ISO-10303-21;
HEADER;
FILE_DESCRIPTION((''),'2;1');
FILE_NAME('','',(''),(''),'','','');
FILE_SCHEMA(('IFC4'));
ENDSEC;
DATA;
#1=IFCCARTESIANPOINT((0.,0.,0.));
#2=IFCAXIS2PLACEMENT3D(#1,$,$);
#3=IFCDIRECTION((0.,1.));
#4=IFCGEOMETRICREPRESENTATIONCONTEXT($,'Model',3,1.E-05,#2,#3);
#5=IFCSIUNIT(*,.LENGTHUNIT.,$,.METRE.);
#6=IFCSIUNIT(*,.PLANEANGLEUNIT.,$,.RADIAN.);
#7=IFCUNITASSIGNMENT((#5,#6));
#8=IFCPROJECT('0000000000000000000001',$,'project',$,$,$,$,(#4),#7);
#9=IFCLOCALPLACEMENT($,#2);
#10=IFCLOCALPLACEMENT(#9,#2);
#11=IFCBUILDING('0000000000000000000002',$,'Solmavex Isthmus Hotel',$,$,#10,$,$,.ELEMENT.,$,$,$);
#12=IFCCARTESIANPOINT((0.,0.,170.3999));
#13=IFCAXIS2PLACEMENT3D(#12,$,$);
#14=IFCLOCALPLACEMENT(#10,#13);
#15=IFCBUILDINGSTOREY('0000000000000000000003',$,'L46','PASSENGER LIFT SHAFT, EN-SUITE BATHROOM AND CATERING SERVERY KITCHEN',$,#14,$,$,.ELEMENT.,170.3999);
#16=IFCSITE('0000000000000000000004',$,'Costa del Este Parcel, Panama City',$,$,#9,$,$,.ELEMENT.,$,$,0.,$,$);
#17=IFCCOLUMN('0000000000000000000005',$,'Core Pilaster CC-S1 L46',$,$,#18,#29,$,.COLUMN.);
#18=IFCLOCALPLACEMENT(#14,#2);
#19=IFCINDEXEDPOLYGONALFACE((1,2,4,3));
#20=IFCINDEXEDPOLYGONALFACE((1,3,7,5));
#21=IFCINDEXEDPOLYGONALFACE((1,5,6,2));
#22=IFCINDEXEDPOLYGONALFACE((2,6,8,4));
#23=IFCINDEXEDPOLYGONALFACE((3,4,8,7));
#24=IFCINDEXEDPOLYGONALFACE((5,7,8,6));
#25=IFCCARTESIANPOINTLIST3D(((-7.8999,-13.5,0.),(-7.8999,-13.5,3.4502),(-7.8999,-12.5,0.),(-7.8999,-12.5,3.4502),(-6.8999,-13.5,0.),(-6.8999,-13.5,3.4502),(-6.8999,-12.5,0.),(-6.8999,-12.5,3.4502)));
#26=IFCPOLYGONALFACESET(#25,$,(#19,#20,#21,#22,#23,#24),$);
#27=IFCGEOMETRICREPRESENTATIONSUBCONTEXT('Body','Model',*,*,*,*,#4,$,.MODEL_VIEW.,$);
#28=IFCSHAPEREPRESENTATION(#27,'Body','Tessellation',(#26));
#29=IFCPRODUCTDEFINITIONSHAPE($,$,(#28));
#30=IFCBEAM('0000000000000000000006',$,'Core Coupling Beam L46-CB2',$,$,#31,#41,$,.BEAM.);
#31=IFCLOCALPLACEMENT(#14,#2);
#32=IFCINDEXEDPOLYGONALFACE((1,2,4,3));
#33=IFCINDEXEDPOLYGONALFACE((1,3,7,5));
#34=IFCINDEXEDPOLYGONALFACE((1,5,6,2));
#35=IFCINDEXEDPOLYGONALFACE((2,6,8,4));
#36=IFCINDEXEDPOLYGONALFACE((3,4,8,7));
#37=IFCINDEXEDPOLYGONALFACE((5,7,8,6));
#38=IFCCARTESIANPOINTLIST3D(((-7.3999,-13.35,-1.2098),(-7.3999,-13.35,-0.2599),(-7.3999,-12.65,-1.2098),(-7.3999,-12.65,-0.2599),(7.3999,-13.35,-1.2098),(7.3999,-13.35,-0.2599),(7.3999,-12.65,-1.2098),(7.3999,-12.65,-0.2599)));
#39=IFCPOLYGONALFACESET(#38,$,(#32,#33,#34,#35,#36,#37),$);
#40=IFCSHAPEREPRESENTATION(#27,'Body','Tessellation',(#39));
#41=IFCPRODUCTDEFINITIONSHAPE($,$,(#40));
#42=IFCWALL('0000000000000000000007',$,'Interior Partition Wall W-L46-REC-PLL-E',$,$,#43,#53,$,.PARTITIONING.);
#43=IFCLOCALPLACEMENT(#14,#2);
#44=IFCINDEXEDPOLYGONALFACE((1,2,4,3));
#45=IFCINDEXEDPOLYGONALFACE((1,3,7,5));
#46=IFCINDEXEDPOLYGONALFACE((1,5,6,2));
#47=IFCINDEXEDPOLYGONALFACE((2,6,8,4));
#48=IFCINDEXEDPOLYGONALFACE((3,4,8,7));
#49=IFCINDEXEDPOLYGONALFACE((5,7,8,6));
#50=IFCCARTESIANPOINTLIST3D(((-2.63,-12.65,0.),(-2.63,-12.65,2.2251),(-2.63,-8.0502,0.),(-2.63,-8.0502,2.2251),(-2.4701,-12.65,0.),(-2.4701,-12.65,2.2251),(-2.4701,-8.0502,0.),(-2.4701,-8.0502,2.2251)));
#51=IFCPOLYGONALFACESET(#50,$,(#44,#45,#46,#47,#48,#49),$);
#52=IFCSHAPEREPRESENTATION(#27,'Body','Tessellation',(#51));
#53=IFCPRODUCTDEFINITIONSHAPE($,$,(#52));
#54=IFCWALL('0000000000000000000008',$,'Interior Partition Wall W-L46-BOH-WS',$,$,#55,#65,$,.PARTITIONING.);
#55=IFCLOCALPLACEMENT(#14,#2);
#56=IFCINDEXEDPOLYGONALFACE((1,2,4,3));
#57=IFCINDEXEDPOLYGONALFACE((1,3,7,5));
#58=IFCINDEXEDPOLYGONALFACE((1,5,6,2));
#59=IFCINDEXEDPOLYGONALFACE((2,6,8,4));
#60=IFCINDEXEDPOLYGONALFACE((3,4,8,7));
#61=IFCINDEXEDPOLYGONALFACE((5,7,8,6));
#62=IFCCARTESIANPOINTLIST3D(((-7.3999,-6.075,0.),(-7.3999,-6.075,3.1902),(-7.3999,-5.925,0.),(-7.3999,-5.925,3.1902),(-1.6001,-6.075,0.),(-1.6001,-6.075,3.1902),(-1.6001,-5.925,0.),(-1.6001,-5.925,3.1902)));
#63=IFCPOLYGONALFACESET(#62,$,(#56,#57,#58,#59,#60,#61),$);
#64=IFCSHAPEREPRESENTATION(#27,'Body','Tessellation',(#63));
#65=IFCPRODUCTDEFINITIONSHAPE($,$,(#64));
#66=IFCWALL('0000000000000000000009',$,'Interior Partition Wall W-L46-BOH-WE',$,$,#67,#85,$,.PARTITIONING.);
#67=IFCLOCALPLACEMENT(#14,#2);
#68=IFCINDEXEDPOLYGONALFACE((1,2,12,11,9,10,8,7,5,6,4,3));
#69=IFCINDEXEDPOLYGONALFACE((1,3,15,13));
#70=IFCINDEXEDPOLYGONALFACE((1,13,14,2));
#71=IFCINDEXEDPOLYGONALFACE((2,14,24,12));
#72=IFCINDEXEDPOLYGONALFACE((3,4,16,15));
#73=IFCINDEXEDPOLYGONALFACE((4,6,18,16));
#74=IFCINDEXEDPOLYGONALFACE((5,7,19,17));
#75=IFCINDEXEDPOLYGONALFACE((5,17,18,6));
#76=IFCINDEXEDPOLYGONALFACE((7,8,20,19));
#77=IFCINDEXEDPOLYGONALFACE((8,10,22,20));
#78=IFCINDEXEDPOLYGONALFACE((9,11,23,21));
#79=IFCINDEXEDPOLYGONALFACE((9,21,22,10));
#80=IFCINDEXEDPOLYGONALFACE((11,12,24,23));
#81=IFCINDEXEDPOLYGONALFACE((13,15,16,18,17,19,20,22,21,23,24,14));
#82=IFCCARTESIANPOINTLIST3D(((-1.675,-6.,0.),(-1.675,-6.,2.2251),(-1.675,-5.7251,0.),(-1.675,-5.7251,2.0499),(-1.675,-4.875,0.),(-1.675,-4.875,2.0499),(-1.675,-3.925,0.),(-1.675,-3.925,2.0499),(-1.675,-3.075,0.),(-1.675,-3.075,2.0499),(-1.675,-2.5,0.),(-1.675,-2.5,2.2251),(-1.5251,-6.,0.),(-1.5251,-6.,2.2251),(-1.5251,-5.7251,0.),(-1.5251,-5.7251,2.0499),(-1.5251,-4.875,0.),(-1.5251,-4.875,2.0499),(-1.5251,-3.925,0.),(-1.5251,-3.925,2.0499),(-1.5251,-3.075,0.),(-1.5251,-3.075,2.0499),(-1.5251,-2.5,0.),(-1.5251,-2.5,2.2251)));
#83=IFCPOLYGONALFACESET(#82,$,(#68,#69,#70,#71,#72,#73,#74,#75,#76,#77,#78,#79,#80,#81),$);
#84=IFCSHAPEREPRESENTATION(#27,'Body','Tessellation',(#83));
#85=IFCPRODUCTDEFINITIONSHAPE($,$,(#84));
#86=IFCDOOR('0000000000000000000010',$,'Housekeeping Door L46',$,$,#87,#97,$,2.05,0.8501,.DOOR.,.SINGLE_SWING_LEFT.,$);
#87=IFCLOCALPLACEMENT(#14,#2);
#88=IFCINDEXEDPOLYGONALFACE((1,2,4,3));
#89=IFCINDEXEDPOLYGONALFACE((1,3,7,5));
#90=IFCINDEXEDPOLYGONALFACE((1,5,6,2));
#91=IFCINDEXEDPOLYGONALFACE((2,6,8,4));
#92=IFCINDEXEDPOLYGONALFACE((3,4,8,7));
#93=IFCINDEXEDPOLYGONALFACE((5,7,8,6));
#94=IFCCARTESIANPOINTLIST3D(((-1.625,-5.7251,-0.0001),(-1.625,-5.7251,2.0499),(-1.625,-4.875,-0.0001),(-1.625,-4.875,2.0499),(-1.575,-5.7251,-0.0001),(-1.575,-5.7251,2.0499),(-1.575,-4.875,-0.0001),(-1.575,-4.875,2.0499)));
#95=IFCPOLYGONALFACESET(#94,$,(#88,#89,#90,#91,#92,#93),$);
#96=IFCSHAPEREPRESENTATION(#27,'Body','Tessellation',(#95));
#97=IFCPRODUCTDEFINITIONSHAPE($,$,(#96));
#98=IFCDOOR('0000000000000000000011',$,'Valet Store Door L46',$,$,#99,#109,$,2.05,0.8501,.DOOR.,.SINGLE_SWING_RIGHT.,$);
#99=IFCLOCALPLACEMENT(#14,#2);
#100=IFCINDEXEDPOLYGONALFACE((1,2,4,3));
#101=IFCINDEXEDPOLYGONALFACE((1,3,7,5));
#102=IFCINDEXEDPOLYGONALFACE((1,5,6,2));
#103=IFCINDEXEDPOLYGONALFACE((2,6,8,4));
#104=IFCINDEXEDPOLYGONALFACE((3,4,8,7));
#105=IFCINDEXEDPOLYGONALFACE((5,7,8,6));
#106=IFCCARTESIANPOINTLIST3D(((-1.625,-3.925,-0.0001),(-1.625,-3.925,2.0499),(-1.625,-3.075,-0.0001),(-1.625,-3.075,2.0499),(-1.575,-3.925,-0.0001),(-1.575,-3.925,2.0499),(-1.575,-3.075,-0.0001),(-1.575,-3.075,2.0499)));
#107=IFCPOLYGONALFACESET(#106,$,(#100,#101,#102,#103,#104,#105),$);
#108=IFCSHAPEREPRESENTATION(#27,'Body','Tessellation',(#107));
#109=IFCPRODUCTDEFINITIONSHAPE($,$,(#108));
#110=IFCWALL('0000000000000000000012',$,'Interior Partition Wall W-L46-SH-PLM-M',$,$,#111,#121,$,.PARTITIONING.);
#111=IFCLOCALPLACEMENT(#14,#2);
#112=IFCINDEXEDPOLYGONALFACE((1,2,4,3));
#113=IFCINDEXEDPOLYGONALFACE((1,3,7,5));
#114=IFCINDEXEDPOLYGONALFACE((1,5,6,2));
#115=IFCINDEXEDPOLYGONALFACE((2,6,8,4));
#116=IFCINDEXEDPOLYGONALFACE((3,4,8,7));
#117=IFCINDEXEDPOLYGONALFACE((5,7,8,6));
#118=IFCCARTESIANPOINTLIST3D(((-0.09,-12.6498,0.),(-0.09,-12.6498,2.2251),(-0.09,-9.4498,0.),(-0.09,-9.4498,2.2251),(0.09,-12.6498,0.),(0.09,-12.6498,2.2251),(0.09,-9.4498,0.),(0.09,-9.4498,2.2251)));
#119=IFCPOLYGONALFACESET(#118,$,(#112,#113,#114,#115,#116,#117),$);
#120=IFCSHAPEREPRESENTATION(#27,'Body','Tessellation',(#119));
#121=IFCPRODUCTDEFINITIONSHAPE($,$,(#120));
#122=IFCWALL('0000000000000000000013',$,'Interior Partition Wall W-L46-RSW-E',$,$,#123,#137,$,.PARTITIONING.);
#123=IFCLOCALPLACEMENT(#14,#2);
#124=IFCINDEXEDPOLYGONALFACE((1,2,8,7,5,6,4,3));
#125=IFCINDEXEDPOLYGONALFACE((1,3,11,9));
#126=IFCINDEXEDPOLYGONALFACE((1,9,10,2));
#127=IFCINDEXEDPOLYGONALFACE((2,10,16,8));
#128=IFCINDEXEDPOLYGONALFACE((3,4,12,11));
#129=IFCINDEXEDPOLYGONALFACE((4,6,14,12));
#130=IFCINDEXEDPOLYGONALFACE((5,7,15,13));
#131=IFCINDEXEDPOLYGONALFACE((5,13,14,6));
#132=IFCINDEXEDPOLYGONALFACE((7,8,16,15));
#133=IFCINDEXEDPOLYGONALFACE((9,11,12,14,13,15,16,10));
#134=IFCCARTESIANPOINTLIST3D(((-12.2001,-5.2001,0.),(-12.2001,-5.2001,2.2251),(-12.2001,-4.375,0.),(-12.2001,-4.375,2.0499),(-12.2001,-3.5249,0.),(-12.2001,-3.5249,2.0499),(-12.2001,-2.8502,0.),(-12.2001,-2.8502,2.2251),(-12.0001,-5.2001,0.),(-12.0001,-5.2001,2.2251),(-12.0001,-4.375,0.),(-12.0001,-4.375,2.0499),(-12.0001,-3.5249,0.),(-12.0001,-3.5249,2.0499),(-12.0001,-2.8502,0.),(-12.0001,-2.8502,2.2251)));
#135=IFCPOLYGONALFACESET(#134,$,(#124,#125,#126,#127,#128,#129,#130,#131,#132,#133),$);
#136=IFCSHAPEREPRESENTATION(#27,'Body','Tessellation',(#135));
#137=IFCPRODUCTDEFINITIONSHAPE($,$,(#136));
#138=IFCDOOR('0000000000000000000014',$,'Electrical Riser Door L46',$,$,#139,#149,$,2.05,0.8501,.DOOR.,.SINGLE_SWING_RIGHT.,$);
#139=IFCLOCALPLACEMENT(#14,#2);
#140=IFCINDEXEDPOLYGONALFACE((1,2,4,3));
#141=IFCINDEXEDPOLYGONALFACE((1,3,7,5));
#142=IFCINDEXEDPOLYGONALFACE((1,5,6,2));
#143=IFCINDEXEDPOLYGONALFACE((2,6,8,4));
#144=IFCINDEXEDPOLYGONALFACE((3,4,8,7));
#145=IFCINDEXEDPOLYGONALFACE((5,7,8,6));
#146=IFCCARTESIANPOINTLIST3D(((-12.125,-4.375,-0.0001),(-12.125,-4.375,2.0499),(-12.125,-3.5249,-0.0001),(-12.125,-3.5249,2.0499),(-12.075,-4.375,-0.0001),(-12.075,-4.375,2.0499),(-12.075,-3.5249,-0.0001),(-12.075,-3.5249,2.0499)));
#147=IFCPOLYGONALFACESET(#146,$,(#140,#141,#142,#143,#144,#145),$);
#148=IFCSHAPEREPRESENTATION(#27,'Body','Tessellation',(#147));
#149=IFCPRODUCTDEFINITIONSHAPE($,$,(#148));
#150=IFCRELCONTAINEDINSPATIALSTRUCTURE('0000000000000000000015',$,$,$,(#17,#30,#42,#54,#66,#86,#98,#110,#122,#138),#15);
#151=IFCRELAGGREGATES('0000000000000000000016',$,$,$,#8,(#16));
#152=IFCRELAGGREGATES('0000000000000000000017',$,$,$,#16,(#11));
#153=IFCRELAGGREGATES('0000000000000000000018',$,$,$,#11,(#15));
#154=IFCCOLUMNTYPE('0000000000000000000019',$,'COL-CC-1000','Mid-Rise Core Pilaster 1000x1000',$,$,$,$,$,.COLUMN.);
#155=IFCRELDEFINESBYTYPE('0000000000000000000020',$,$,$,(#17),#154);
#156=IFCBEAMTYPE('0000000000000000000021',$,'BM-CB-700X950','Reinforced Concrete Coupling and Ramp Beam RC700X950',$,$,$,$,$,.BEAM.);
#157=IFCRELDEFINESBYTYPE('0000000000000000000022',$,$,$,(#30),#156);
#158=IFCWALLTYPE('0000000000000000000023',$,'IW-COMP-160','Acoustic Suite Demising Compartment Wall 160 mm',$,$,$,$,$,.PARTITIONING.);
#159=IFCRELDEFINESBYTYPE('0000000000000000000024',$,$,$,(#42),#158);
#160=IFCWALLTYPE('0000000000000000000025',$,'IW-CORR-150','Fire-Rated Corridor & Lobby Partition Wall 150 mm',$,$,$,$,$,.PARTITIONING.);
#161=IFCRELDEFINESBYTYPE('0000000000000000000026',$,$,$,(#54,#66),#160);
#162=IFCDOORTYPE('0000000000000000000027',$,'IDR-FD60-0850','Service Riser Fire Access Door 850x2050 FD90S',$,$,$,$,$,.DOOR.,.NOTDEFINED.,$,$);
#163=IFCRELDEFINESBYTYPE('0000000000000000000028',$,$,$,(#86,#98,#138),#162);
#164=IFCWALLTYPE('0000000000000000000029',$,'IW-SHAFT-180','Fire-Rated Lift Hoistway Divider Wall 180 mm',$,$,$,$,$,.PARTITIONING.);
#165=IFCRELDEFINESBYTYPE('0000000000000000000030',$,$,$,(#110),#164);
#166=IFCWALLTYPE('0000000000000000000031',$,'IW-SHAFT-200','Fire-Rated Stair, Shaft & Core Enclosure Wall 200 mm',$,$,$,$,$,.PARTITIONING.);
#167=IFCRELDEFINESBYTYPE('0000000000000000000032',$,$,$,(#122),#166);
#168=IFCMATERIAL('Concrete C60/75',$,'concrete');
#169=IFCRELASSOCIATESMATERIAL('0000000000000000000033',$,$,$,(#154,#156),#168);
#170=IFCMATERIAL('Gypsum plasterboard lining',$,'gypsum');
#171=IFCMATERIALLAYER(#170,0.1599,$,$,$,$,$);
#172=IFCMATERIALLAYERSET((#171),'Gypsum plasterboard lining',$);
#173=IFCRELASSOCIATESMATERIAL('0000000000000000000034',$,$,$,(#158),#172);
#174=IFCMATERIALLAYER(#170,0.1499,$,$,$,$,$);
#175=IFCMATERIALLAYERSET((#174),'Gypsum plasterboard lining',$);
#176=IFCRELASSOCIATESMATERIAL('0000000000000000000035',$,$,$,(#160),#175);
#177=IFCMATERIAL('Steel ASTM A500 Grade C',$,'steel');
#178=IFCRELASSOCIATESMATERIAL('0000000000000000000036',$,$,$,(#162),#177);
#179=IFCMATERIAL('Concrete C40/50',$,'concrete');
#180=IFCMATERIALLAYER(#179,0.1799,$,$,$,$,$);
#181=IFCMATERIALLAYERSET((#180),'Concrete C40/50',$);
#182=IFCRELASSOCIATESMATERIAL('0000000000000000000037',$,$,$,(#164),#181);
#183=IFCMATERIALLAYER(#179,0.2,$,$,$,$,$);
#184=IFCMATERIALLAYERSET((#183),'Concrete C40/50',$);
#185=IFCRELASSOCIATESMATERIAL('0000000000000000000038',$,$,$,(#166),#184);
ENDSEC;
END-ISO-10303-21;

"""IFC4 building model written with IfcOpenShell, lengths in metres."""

from ifc_helpers import new_model, si_unit, direction, frame, frame_2d, origin, origin_2d, place, context, subcontext, project, spatial, rectangle, extrude, material, layer, layer_set, material_profile, profile_set, type_object, element, fill, save


model = new_model("IFC4")

# Units and contexts
model_context = context("Model", 3, precision=1e-05, world=origin(), true_north=direction((0.0, 1.0)))
body_context = subcontext(model_context, "Body", "Model", "MODEL_VIEW")
ifc_project = project(units=[si_unit("LENGTHUNIT", "METRE"), si_unit("PLANEANGLEUNIT", "RADIAN")], contexts=[model_context])

# Site, building, storey
site_placement = place(None, origin())
site = spatial("IfcSite", under=ifc_project, at=site_placement, Name="Costa del Este Parcel, Panama City", CompositionType="ELEMENT", RefElevation=0.0)
building_placement = place(site_placement, origin())
building = spatial("IfcBuilding", under=site, at=building_placement, Name="Solmavex Isthmus Hotel", CompositionType="ELEMENT")
storey_placement = place(building_placement, frame((0.0, 0.0, 170.3999)))
storey = spatial("IfcBuildingStorey", under=building, at=storey_placement, Name="L46", Description="PASSENGER LIFT SHAFT, EN-SUITE BATHROOM AND CATERING SERVERY KITCHEN", CompositionType="ELEMENT", Elevation=170.3999)

# Column
ifc_material_1 = material(Name="Concrete C60/75", Category="concrete")
ifc_material_profile_1 = material_profile(ifc_material_1, rectangle(XDim=1.0, YDim=1.0, at=origin_2d()), Name="RC1000X1000")
ifc_profile_set_1 = profile_set([ifc_material_profile_1], Name="Concrete C60/75")
column_type = type_object("IfcColumnType", Name="COL-CC-1000", Description="Mid-Rise Core Pilaster 1000x1000", PredefinedType="COLUMN", material=ifc_profile_set_1)
column_placement = place(storey_placement, frame((-7.3999, -13.0, 0.0), z_axis=(0.0, 0.0, 1.0), x_axis=(1.0, 0.0, 0.0)))
element("IfcColumn", 1, at=column_placement, inside=storey, type_object=column_type, Name="Core Pilaster CC-S1 L46", PredefinedType="COLUMN", context=body_context, shape_type="SweptSolid", body=[
    extrude(rectangle(XDim=1.0, YDim=1.0, at=origin_2d()), origin(), (0.0, 0.0, 1.0), 3.4502),
])

# Beam
ifc_material_profile_2 = material_profile(ifc_material_1, rectangle(XDim=0.7, YDim=0.95, at=origin_2d()), Name="RC700X950")
ifc_profile_set_2 = profile_set([ifc_material_profile_2], Name="Concrete C60/75")
beam_type = type_object("IfcBeamType", Name="BM-CB-700X950", Description="Reinforced Concrete Coupling and Ramp Beam RC700X950", PredefinedType="BEAM", material=ifc_profile_set_2)
beam_placement = place(storey_placement, frame((-7.3999, -13.0, -0.7349), z_axis=(1.0, 0.0, 0.0), x_axis=(0.0, 1.0, 0.0)))
element("IfcBeam", 2, at=beam_placement, inside=storey, type_object=beam_type, Name="Core Coupling Beam L46-CB2", PredefinedType="BEAM", context=body_context, shape_type="SweptSolid", body=[
    extrude(rectangle(XDim=0.7, YDim=0.95, at=origin_2d()), origin(), (0.0, 0.0, 1.0), 14.7998),
])

# Shared definitions
ifc_material_2 = material(Name="Gypsum plasterboard lining", Category="gypsum")
ifc_layer_1 = layer(ifc_material_2, 0.1599)
ifc_layer_set_1 = layer_set([ifc_layer_1], Name="Gypsum plasterboard lining")
wall_type_1 = type_object("IfcWallType", Name="IW-COMP-160", Description="Acoustic Suite Demising Compartment Wall 160 mm", PredefinedType="PARTITIONING", material=ifc_layer_set_1)

# Walls
wall_1_placement = place(storey_placement, frame((-2.55, -12.6499, 0.0), z_axis=(0.0, 0.0, 1.0), x_axis=(0.0, 1.0, 0.0)))
element("IfcWall", 3, at=wall_1_placement, inside=storey, type_object=wall_type_1, Name="Interior Partition Wall W-L46-REC-PLL-E", PredefinedType="PARTITIONING", context=body_context, shape_type="SweptSolid", body=[
    extrude(rectangle(XDim=4.5999, YDim=0.1599, at=frame_2d((2.2998, 0.0))), origin(), (0.0, 0.0, 1.0), 2.2251),
])
ifc_layer_2 = layer(ifc_material_2, 0.1499)
ifc_layer_set_2 = layer_set([ifc_layer_2], Name="Gypsum plasterboard lining")
wall_type_2 = type_object("IfcWallType", Name="IW-CORR-150", Description="Fire-Rated Corridor & Lobby Partition Wall 150 mm", PredefinedType="PARTITIONING", material=ifc_layer_set_2)
wall_2_placement = place(storey_placement, frame((-7.3999, -6.0, 0.0), z_axis=(0.0, 0.0, 1.0), x_axis=(1.0, 0.0, 0.0)))
element("IfcWall", 4, at=wall_2_placement, inside=storey, type_object=wall_type_2, Name="Interior Partition Wall W-L46-BOH-WS", PredefinedType="PARTITIONING", context=body_context, shape_type="SweptSolid", body=[
    extrude(rectangle(XDim=5.7998, YDim=0.1499, at=frame_2d((2.8999, 0.0))), origin(), (0.0, 0.0, 1.0), 3.1902),
])

# Wall, openings, doors
wall_3_placement = place(storey_placement, frame((-1.6001, -6.0, 0.0), z_axis=(0.0, 0.0, 1.0), x_axis=(0.0, 1.0, 0.0)))
wall_3 = element("IfcWall", 5, at=wall_3_placement, inside=storey, type_object=wall_type_2, Name="Interior Partition Wall W-L46-BOH-WE", PredefinedType="PARTITIONING", context=body_context, shape_type="SweptSolid", body=[
    extrude(rectangle(XDim=3.5, YDim=0.1499, at=frame_2d((1.75, 0.0))), origin(), (0.0, 0.0, 1.0), 2.2251),
])
opening_1_placement = place(wall_3_placement, frame((0.2749, 0.0, 0.0)))
opening_1 = element("IfcOpeningElement", 6, at=opening_1_placement, cuts=wall_3, PredefinedType="OPENING", context=body_context, shape_type="SweptSolid", body=[
    extrude(rectangle(XDim=0.8501, YDim=2.05, at=frame_2d((0.425, 1.0249))), frame((0.0, 0.085, 0.0), z_axis=(0.0, -1.0, 0.0), x_axis=(1.0, 0.0, 0.0)), (0.0, 0.0, 1.0), 0.1699),
])
opening_2_placement = place(wall_3_placement, frame((2.075, 0.0, 0.0)))
opening_2 = element("IfcOpeningElement", 7, at=opening_2_placement, cuts=wall_3, PredefinedType="OPENING", context=body_context, shape_type="SweptSolid", body=[
    extrude(rectangle(XDim=0.8501, YDim=2.05, at=frame_2d((0.425, 1.0249))), frame((0.0, 0.085, 0.0), z_axis=(0.0, -1.0, 0.0), x_axis=(1.0, 0.0, 0.0)), (0.0, 0.0, 1.0), 0.1699),
])
ifc_material_3 = material(Name="Steel ASTM A500 Grade C", Category="steel")
door_type_1 = type_object("IfcDoorType", Name="IDR-FD60-0850", Description="Service Riser Fire Access Door 850x2050 FD90S", OperationType="NOTDEFINED", PredefinedType="DOOR", material=ifc_material_3)
door_1_placement = place(opening_1_placement, origin())
door_1 = element("IfcDoor", 8, at=door_1_placement, inside=storey, type_object=door_type_1, Name="Housekeeping Door L46", OperationType="SINGLE_SWING_LEFT", OverallHeight=2.05, OverallWidth=0.8501, PredefinedType="DOOR", context=body_context, shape_type="SweptSolid", body=[
    extrude(rectangle(XDim=0.8501, YDim=2.05, at=frame_2d((0.425, 1.0249))), frame((0.0, 0.0249, 0.0), z_axis=(0.0, -1.0, 0.0), x_axis=(1.0, 0.0, 0.0)), (0.0, 0.0, 1.0), 0.05),
])
fill(opening_1, door_1)
door_2_placement = place(opening_2_placement, origin())
door_2 = element("IfcDoor", 9, at=door_2_placement, inside=storey, type_object=door_type_1, Name="Valet Store Door L46", OperationType="SINGLE_SWING_RIGHT", OverallHeight=2.05, OverallWidth=0.8501, PredefinedType="DOOR", context=body_context, shape_type="SweptSolid", body=[
    extrude(rectangle(XDim=0.8501, YDim=2.05, at=frame_2d((0.425, 1.0249))), frame((0.0, 0.0249, 0.0), z_axis=(0.0, -1.0, 0.0), x_axis=(1.0, 0.0, 0.0)), (0.0, 0.0, 1.0), 0.05),
])
fill(opening_2, door_2)

# Wall
ifc_material_4 = material(Name="Concrete C40/50", Category="concrete")
ifc_layer_3 = layer(ifc_material_4, 0.1799)
ifc_layer_set_3 = layer_set([ifc_layer_3], Name="Concrete C40/50")
wall_type_3 = type_object("IfcWallType", Name="IW-SHAFT-180", Description="Fire-Rated Lift Hoistway Divider Wall 180 mm", PredefinedType="PARTITIONING", material=ifc_layer_set_3)
wall_4_placement = place(storey_placement, frame((0.0, -12.6499, 0.0), z_axis=(0.0, 0.0, 1.0), x_axis=(0.0, 1.0, 0.0)))
element("IfcWall", 10, at=wall_4_placement, inside=storey, type_object=wall_type_3, Name="Interior Partition Wall W-L46-SH-PLM-M", PredefinedType="PARTITIONING", context=body_context, shape_type="SweptSolid", body=[
    extrude(rectangle(XDim=3.2, YDim=0.1799, at=frame_2d((1.6001, 0.0))), origin(), (0.0, 0.0, 1.0), 2.2251),
])

# Wall, opening, door
ifc_layer_4 = layer(ifc_material_4, 0.2)
ifc_layer_set_4 = layer_set([ifc_layer_4], Name="Concrete C40/50")
wall_type_4 = type_object("IfcWallType", Name="IW-SHAFT-200", Description="Fire-Rated Stair, Shaft & Core Enclosure Wall 200 mm", PredefinedType="PARTITIONING", material=ifc_layer_set_4)
wall_5_placement = place(storey_placement, frame((-12.1001, -5.2, 0.0), z_axis=(0.0, 0.0, 1.0), x_axis=(0.0, 1.0, 0.0)))
wall_5 = element("IfcWall", 11, at=wall_5_placement, inside=storey, type_object=wall_type_4, Name="Interior Partition Wall W-L46-RSW-E", PredefinedType="PARTITIONING", context=body_context, shape_type="SweptSolid", body=[
    extrude(rectangle(XDim=2.3499, YDim=0.2, at=frame_2d((1.1748, 0.0))), origin(), (0.0, 0.0, 1.0), 2.2251),
])
opening_3_placement = place(wall_5_placement, frame((0.825, 0.0, 0.0)))
opening_3 = element("IfcOpeningElement", 12, at=opening_3_placement, cuts=wall_5, PredefinedType="OPENING", context=body_context, shape_type="SweptSolid", body=[
    extrude(rectangle(XDim=0.8501, YDim=2.05, at=frame_2d((0.425, 1.0249))), frame((0.0, 0.1099, 0.0), z_axis=(0.0, -1.0, 0.0), x_axis=(1.0, 0.0, 0.0)), (0.0, 0.0, 1.0), 0.22),
])
door_3_placement = place(opening_3_placement, origin())
door_3 = element("IfcDoor", 13, at=door_3_placement, inside=storey, type_object=door_type_1, Name="Electrical Riser Door L46", OperationType="SINGLE_SWING_RIGHT", OverallHeight=2.05, OverallWidth=0.8501, PredefinedType="DOOR", context=body_context, shape_type="SweptSolid", body=[
    extrude(rectangle(XDim=0.8501, YDim=2.05, at=frame_2d((0.425, 1.0249))), frame((0.0, 0.0249, 0.0), z_axis=(0.0, -1.0, 0.0), x_axis=(1.0, 0.0, 0.0)), (0.0, 0.0, 1.0), 0.05),
])
fill(opening_3, door_3)

save(model, "model.ifc")
